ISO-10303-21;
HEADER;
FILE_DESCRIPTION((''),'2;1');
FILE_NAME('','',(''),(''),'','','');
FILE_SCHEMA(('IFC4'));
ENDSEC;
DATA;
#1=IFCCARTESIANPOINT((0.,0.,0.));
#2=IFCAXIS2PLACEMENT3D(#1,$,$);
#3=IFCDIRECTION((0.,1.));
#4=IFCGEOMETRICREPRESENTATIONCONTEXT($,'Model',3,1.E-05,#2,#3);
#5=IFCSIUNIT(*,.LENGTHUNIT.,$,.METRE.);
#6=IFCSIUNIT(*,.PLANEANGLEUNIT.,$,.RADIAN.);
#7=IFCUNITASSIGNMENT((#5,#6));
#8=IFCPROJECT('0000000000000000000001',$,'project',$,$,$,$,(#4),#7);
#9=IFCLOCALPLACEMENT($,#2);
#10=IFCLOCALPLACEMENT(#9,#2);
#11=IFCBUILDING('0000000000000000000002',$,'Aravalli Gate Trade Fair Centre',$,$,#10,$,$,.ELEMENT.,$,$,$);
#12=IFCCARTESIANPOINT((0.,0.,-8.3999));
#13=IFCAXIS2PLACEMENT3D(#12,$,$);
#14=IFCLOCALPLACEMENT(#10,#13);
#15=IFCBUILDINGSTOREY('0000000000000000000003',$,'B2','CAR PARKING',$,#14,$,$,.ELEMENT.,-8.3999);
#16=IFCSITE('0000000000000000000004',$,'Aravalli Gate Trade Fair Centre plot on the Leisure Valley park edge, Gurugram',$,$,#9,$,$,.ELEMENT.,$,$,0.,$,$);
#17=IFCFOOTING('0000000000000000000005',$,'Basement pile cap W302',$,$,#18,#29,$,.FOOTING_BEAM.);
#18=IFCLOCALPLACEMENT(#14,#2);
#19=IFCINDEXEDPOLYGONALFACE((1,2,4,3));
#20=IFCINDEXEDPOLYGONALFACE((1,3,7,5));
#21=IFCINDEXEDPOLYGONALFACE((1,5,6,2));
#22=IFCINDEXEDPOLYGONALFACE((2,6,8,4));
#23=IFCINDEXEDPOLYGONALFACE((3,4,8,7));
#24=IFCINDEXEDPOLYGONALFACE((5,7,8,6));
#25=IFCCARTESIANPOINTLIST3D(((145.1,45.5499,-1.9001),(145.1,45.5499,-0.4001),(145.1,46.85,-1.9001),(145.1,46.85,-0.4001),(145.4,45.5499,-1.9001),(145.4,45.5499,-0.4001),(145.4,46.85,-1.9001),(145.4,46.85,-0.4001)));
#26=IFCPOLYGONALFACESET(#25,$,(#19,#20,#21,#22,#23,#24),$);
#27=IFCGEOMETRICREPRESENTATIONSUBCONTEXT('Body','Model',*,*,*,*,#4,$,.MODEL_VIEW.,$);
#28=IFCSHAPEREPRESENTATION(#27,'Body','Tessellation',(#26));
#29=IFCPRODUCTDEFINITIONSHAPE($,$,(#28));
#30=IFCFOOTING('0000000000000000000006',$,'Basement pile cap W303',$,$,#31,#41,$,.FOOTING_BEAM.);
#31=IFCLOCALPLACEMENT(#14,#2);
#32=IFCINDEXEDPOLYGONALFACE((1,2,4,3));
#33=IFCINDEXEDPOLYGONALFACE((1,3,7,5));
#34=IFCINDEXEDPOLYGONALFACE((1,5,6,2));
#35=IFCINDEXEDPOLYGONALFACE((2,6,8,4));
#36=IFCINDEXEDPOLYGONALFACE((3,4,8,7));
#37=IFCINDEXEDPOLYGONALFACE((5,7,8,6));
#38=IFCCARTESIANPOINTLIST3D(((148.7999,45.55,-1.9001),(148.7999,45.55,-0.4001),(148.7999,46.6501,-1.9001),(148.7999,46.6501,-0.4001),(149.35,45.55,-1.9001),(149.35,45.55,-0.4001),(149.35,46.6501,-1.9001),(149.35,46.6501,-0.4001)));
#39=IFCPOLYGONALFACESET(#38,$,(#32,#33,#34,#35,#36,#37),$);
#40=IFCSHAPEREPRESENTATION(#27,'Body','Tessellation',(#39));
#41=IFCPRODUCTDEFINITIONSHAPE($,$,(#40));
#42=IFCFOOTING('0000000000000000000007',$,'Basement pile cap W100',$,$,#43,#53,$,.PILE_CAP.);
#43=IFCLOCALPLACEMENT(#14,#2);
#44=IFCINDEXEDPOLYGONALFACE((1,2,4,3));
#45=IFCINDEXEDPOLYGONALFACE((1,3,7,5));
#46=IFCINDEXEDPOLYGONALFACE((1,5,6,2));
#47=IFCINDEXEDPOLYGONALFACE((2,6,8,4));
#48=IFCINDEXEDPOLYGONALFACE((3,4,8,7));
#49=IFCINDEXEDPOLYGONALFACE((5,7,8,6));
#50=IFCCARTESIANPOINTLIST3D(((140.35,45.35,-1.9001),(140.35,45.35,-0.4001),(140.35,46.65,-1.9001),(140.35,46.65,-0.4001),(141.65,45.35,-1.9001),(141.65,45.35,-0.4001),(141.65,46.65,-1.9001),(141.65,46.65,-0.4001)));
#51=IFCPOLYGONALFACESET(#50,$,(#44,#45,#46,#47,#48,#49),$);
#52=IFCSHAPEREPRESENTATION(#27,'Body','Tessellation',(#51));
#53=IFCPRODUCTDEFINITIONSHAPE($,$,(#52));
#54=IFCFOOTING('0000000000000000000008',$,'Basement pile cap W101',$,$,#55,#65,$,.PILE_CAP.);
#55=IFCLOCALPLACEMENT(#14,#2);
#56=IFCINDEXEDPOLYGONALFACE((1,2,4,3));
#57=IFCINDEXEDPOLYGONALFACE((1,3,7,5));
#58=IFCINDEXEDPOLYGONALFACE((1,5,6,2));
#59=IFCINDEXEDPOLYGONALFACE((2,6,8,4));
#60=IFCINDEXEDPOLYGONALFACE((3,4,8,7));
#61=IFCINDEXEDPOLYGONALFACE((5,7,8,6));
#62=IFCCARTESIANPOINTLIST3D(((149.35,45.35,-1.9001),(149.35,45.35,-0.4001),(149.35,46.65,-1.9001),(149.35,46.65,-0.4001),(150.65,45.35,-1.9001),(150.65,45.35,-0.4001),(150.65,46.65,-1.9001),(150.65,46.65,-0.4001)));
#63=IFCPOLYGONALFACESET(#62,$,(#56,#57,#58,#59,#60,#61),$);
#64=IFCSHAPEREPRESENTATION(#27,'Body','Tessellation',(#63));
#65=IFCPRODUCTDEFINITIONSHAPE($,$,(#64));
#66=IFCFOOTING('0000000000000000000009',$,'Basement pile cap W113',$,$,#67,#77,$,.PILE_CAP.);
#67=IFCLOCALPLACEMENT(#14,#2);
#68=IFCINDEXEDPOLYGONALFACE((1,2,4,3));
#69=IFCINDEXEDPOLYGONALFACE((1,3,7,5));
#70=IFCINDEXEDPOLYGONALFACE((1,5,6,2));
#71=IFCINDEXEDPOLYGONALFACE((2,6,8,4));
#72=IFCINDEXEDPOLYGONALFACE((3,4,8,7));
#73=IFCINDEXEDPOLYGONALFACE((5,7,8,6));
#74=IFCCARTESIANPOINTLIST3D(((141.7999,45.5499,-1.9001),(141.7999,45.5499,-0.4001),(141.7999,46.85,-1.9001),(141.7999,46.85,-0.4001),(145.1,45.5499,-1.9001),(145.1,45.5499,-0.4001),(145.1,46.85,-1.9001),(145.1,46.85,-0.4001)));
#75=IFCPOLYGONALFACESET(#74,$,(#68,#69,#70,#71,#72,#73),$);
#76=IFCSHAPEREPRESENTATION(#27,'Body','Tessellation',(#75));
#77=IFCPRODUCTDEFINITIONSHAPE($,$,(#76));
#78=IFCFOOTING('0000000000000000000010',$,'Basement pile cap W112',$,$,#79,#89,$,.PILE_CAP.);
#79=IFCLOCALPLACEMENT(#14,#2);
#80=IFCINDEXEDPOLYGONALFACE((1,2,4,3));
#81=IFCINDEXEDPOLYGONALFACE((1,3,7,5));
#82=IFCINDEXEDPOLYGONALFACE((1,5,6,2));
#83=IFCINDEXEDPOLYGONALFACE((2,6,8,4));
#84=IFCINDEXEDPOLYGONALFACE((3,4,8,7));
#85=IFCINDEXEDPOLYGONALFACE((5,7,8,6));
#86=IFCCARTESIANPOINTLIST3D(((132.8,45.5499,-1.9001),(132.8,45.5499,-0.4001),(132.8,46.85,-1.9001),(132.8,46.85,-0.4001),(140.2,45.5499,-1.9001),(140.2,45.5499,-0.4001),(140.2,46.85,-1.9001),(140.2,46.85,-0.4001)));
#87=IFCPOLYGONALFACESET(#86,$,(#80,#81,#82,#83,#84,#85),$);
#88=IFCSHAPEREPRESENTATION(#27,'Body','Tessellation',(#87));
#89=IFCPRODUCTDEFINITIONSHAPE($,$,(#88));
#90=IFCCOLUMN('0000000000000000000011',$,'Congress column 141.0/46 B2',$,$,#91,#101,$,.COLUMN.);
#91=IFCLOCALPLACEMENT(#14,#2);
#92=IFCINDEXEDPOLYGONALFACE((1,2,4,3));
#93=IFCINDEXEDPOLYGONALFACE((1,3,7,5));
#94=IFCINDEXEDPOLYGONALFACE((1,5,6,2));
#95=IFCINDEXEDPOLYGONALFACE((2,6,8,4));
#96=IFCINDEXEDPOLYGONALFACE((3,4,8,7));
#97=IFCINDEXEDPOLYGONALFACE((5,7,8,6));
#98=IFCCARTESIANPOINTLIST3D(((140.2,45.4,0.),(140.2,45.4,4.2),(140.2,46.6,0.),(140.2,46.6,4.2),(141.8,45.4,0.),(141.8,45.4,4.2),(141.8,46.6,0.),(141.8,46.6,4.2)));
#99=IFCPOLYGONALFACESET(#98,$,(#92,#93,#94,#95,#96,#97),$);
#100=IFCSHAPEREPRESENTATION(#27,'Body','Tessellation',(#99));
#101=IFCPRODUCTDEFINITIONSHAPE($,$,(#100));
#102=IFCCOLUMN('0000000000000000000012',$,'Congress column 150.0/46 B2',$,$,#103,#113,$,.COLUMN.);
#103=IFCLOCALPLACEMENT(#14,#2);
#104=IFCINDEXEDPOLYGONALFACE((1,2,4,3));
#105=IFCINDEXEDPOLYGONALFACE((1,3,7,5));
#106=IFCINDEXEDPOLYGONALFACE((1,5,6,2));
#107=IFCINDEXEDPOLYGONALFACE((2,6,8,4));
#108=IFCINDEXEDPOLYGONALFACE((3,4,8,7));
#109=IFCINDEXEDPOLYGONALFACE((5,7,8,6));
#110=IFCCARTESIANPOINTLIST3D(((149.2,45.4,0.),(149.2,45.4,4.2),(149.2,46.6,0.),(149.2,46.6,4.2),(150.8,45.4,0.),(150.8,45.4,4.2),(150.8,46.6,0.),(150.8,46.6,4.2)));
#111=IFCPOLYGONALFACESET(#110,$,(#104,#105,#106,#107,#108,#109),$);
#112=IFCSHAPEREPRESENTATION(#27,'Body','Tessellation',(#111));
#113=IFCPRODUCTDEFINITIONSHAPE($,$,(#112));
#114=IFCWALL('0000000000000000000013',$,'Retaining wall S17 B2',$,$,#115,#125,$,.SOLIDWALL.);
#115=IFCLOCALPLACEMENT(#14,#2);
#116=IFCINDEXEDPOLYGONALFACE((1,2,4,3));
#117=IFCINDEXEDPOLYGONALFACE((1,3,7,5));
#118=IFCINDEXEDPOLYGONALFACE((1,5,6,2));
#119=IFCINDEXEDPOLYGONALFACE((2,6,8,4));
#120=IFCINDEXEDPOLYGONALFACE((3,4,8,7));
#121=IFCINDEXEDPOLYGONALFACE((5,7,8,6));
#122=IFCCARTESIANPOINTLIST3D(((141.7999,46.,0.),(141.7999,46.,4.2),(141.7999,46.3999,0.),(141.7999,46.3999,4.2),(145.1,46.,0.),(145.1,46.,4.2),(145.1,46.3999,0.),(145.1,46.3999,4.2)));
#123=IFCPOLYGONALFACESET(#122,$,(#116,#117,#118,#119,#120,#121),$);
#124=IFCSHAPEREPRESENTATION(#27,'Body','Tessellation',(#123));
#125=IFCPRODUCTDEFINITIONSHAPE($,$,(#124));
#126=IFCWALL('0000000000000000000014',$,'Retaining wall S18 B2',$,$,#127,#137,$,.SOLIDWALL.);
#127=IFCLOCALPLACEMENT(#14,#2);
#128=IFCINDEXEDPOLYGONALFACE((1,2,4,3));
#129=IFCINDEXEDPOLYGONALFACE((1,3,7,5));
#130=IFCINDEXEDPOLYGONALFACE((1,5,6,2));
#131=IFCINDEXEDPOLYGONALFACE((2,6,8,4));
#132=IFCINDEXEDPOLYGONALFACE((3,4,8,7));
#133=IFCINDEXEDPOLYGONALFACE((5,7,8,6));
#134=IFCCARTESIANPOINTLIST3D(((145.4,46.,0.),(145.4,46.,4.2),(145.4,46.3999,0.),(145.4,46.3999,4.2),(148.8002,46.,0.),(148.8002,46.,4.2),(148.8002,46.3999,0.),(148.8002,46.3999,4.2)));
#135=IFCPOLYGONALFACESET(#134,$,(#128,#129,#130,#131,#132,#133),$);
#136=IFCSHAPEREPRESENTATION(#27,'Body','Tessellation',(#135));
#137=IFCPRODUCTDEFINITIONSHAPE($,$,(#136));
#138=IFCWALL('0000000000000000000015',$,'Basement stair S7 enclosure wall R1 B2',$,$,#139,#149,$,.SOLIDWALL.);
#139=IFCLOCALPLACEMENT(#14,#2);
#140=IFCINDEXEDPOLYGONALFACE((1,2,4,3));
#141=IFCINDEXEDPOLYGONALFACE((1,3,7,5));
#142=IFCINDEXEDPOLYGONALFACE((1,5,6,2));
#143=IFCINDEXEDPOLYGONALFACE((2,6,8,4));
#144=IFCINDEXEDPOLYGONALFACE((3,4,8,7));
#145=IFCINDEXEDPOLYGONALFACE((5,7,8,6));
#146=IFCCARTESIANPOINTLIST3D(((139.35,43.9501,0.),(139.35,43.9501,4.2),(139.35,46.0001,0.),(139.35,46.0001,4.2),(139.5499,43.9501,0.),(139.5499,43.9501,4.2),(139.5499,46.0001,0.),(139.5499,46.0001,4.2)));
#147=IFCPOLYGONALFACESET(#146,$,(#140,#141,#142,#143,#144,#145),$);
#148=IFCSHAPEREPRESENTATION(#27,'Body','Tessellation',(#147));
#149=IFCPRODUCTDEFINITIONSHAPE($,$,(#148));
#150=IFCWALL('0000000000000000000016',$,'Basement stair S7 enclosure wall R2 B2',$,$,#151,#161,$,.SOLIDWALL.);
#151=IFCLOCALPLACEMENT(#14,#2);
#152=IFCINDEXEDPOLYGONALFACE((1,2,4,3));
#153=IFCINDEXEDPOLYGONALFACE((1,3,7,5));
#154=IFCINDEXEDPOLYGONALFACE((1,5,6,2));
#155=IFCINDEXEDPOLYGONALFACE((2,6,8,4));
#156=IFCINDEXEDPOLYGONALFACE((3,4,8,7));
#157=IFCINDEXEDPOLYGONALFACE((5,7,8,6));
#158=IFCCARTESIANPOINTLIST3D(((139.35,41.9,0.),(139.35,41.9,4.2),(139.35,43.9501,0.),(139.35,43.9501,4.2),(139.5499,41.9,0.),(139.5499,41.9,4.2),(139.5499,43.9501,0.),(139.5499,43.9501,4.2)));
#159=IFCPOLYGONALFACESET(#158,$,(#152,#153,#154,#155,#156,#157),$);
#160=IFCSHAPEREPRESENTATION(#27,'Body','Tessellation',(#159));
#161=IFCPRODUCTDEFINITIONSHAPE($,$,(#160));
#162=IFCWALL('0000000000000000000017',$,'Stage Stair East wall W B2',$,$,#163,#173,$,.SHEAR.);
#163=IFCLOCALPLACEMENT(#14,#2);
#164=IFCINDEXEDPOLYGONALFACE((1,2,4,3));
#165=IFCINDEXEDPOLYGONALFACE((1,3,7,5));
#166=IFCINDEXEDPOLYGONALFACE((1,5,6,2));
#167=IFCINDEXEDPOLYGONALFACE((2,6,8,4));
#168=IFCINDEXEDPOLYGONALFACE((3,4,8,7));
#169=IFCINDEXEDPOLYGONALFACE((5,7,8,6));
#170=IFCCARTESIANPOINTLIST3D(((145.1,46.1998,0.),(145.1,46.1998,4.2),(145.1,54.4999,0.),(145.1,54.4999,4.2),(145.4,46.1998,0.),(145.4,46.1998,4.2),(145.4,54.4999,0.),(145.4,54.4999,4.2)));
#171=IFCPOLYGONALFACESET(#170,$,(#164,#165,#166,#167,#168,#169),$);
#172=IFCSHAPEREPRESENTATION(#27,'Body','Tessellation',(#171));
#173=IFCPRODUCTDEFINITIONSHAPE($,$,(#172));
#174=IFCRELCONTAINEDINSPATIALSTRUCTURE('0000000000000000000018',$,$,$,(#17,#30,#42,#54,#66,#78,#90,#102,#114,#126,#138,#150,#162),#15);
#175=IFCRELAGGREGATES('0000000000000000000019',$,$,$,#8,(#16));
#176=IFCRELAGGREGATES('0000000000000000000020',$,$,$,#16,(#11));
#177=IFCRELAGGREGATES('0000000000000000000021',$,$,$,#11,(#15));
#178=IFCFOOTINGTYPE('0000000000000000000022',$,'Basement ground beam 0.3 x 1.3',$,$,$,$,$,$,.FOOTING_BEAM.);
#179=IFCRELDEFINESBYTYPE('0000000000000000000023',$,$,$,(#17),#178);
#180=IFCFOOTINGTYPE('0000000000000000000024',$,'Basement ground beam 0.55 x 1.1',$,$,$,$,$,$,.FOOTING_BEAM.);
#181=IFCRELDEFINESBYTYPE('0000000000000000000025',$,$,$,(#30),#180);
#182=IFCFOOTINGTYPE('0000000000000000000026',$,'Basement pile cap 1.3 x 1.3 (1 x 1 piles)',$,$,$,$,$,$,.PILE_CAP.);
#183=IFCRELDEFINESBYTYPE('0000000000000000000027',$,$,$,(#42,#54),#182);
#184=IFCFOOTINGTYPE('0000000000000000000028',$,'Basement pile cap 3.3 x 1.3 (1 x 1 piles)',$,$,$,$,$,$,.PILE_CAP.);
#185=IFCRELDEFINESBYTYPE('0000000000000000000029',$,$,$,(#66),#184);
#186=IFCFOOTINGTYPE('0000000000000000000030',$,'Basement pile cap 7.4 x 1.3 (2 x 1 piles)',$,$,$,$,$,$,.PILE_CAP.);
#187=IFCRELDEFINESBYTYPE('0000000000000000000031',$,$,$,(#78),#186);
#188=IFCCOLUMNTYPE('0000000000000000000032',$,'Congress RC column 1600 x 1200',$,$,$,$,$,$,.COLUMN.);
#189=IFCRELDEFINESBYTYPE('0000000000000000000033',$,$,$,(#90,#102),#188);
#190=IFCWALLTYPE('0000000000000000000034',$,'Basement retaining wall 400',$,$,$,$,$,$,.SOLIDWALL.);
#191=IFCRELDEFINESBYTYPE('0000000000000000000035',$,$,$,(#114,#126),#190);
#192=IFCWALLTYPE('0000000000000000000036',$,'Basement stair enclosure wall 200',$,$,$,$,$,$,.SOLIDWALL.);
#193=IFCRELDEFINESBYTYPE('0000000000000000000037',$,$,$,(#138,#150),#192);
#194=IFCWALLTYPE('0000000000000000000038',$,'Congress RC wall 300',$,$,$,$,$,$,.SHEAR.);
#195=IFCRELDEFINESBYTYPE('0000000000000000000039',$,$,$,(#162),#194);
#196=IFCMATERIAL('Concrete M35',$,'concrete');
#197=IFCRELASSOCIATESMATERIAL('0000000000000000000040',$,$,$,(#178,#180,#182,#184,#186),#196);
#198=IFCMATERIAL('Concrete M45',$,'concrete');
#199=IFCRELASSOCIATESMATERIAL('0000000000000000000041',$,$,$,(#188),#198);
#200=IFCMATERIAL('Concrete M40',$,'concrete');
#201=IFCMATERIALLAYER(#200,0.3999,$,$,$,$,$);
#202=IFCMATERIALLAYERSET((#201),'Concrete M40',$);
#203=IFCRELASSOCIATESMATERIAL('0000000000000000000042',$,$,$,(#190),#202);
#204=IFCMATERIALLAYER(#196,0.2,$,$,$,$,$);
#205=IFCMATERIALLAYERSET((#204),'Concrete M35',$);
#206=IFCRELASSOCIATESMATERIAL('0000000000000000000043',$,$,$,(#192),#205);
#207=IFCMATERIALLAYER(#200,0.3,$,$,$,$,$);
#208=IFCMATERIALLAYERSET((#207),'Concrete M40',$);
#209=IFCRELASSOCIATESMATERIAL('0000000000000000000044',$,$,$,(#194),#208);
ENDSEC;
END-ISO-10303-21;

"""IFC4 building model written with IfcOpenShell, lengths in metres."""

from ifc_helpers import new_model, si_unit, direction, frame, frame_2d, origin, origin_2d, place, context, subcontext, project, spatial, rectangle, extrude, material, layer, layer_set, material_profile, profile_set, type_object, element, save


model = new_model("IFC4")

# Units and contexts
model_context = context("Model", 3, precision=1e-05, world=origin(), true_north=direction((0.0, 1.0)))
body_context = subcontext(model_context, "Body", "Model", "MODEL_VIEW")
ifc_project = project(units=[si_unit("LENGTHUNIT", "METRE"), si_unit("PLANEANGLEUNIT", "RADIAN")], contexts=[model_context])

# Site, building, storey
site_placement = place(None, origin())
site = spatial("IfcSite", under=ifc_project, at=site_placement, Name="Aravalli Gate Trade Fair Centre plot on the Leisure Valley park edge, Gurugram", CompositionType="ELEMENT", RefElevation=0.0)
building_placement = place(site_placement, origin())
building = spatial("IfcBuilding", under=site, at=building_placement, Name="Aravalli Gate Trade Fair Centre", CompositionType="ELEMENT")
storey_placement = place(building_placement, frame((0.0, 0.0, -8.3999)))
storey = spatial("IfcBuildingStorey", under=building, at=storey_placement, Name="B2", Description="CAR PARKING", CompositionType="ELEMENT", Elevation=-8.3999)

# Shared definitions
ifc_material_1 = material(Name="Concrete M35", Category="concrete")

# Footings
footing_type_1 = type_object("IfcFootingType", Name="Basement ground beam 0.3 x 1.3", PredefinedType="FOOTING_BEAM", material=ifc_material_1)
footing_1_placement = place(storey_placement, frame((145.25, 46.2, -1.9001), z_axis=(0.0, 0.0, 1.0), x_axis=(1.0, 0.0, 0.0)))
element("IfcFooting", 1, at=footing_1_placement, inside=storey, type_object=footing_type_1, Name="Basement pile cap W302", PredefinedType="FOOTING_BEAM", context=body_context, shape_type="SweptSolid", body=[
    extrude(rectangle(XDim=0.3, YDim=1.3, at=origin_2d()), origin(), (0.0, 0.0, 1.0), 1.5),
])
footing_type_2 = type_object("IfcFootingType", Name="Basement ground beam 0.55 x 1.1", PredefinedType="FOOTING_BEAM", material=ifc_material_1)
footing_2_placement = place(storey_placement, frame((149.075, 46.1001, -1.9001), z_axis=(0.0, 0.0, 1.0), x_axis=(1.0, 0.0, 0.0)))
element("IfcFooting", 2, at=footing_2_placement, inside=storey, type_object=footing_type_2, Name="Basement pile cap W303", PredefinedType="FOOTING_BEAM", context=body_context, shape_type="SweptSolid", body=[
    extrude(rectangle(XDim=0.55, YDim=1.1001, at=origin_2d()), origin(), (0.0, 0.0, 1.0), 1.5),
])
footing_type_3 = type_object("IfcFootingType", Name="Basement pile cap 1.3 x 1.3 (1 x 1 piles)", PredefinedType="PILE_CAP", material=ifc_material_1)
for number, where, z_axis, x_axis, name in (
    (3, (141.0, 46.0, -1.9001), (0.0, 0.0, 1.0), (1.0, 0.0, 0.0), "Basement pile cap W100"),
    (4, (150.0, 46.0, -1.9001), (0.0, 0.0, 1.0), (1.0, 0.0, 0.0), "Basement pile cap W101"),
):
    element("IfcFooting", number, at=place(storey_placement, frame(where, z_axis=z_axis, x_axis=x_axis)), inside=storey, type_object=footing_type_3, Name=name, PredefinedType="PILE_CAP", context=body_context, shape_type="SweptSolid", body=[
        extrude(rectangle(XDim=1.3, YDim=1.3, at=origin_2d()), origin(), (0.0, 0.0, 1.0), 1.5),
    ])
footing_type_4 = type_object("IfcFootingType", Name="Basement pile cap 3.3 x 1.3 (1 x 1 piles)", PredefinedType="PILE_CAP", material=ifc_material_1)
footing_3_placement = place(storey_placement, frame((143.45, 46.2, -1.9001), z_axis=(0.0, 0.0, 1.0), x_axis=(1.0, 0.0, 0.0)))
element("IfcFooting", 5, at=footing_3_placement, inside=storey, type_object=footing_type_4, Name="Basement pile cap W113", PredefinedType="PILE_CAP", context=body_context, shape_type="SweptSolid", body=[
    extrude(rectangle(XDim=3.3, YDim=1.3, at=origin_2d()), origin(), (0.0, 0.0, 1.0), 1.5),
])
footing_type_5 = type_object("IfcFootingType", Name="Basement pile cap 7.4 x 1.3 (2 x 1 piles)", PredefinedType="PILE_CAP", material=ifc_material_1)
footing_4_placement = place(storey_placement, frame((136.5, 46.2, -1.9001), z_axis=(0.0, 0.0, 1.0), x_axis=(1.0, 0.0, 0.0)))
element("IfcFooting", 6, at=footing_4_placement, inside=storey, type_object=footing_type_5, Name="Basement pile cap W112", PredefinedType="PILE_CAP", context=body_context, shape_type="SweptSolid", body=[
    extrude(rectangle(XDim=7.3999, YDim=1.3, at=origin_2d()), origin(), (0.0, 0.0, 1.0), 1.5),
])

# Columns
ifc_material_2 = material(Name="Concrete M45", Category="concrete")
ifc_material_profile_1 = material_profile(ifc_material_2, rectangle(XDim=1.6001, YDim=1.2, at=origin_2d()), Name="RC 1600x1200")
ifc_profile_set_1 = profile_set([ifc_material_profile_1], Name="Concrete M45")
column_type = type_object("IfcColumnType", Name="Congress RC column 1600 x 1200", PredefinedType="COLUMN", material=ifc_profile_set_1)
for number, where, z_axis, x_axis, name in (
    (7, (141.0, 46.0, 0.0), (0.0, 0.0, 1.0), (1.0, 0.0, 0.0), "Congress column 141.0/46 B2"),
    (8, (150.0, 46.0, 0.0), (0.0, 0.0, 1.0), (1.0, 0.0, 0.0), "Congress column 150.0/46 B2"),
):
    element("IfcColumn", number, at=place(storey_placement, frame(where, z_axis=z_axis, x_axis=x_axis)), inside=storey, type_object=column_type, Name=name, PredefinedType="COLUMN", context=body_context, shape_type="SweptSolid", body=[
        extrude(rectangle(XDim=1.6001, YDim=1.2, at=origin_2d()), origin(), (0.0, 0.0, 1.0), 4.2),
    ])

# Walls
ifc_material_3 = material(Name="Concrete M40", Category="concrete")
ifc_layer_1 = layer(ifc_material_3, 0.3999)
ifc_layer_set_1 = layer_set([ifc_layer_1], Name="Concrete M40")
wall_type_1 = type_object("IfcWallType", Name="Basement retaining wall 400", PredefinedType="SOLIDWALL", material=ifc_layer_set_1)
wall_1_placement = place(storey_placement, frame((141.8, 46.2, 0.0), z_axis=(0.0, 0.0, 1.0), x_axis=(1.0, 0.0, 0.0)))
element("IfcWall", 9, at=wall_1_placement, inside=storey, type_object=wall_type_1, Name="Retaining wall S17 B2", PredefinedType="SOLIDWALL", context=body_context, shape_type="SweptSolid", body=[
    extrude(rectangle(XDim=3.3, YDim=0.3999, at=frame_2d((1.6499, 0.0))), origin(), (0.0, 0.0, 1.0), 4.2),
])
wall_2_placement = place(storey_placement, frame((145.3999, 46.2, 0.0), z_axis=(0.0, 0.0, 1.0), x_axis=(1.0, 0.0, 0.0)))
element("IfcWall", 10, at=wall_2_placement, inside=storey, type_object=wall_type_1, Name="Retaining wall S18 B2", PredefinedType="SOLIDWALL", context=body_context, shape_type="SweptSolid", body=[
    extrude(rectangle(XDim=3.4001, YDim=0.3999, at=frame_2d((1.7002, 0.0))), origin(), (0.0, 0.0, 1.0), 4.2),
])
ifc_layer_2 = layer(ifc_material_1, 0.2)
ifc_layer_set_2 = layer_set([ifc_layer_2], Name="Concrete M35")
wall_type_2 = type_object("IfcWallType", Name="Basement stair enclosure wall 200", PredefinedType="SOLIDWALL", material=ifc_layer_set_2)
for number, where, z_axis, x_axis, name in (
    (11, (139.45, 46.0, 0.0), (0.0, 0.0, 1.0), (0.0, -1.0, 0.0), "Basement stair S7 enclosure wall R1 B2"),
    (12, (139.45, 43.95, 0.0), (0.0, 0.0, 1.0), (0.0, -1.0, 0.0), "Basement stair S7 enclosure wall R2 B2"),
):
    element("IfcWall", number, at=place(storey_placement, frame(where, z_axis=z_axis, x_axis=x_axis)), inside=storey, type_object=wall_type_2, Name=name, PredefinedType="SOLIDWALL", context=body_context, shape_type="SweptSolid", body=[
        extrude(rectangle(XDim=2.05, YDim=0.2, at=frame_2d((1.0249, 0.0))), origin(), (0.0, 0.0, 1.0), 4.2),
    ])
ifc_layer_3 = layer(ifc_material_3, 0.3)
ifc_layer_set_3 = layer_set([ifc_layer_3], Name="Concrete M40")
wall_type_3 = type_object("IfcWallType", Name="Congress RC wall 300", PredefinedType="SHEAR", material=ifc_layer_set_3)
wall_3_placement = place(storey_placement, frame((145.25, 46.2, 0.0), z_axis=(0.0, 0.0, 1.0), x_axis=(0.0, 1.0, 0.0)))
element("IfcWall", 13, at=wall_3_placement, inside=storey, type_object=wall_type_3, Name="Stage Stair East wall W B2", PredefinedType="SHEAR", context=body_context, shape_type="SweptSolid", body=[
    extrude(rectangle(XDim=8.3, YDim=0.3, at=frame_2d((4.1499, 0.0))), origin(), (0.0, 0.0, 1.0), 4.2),
])

save(model, "model.ifc")
